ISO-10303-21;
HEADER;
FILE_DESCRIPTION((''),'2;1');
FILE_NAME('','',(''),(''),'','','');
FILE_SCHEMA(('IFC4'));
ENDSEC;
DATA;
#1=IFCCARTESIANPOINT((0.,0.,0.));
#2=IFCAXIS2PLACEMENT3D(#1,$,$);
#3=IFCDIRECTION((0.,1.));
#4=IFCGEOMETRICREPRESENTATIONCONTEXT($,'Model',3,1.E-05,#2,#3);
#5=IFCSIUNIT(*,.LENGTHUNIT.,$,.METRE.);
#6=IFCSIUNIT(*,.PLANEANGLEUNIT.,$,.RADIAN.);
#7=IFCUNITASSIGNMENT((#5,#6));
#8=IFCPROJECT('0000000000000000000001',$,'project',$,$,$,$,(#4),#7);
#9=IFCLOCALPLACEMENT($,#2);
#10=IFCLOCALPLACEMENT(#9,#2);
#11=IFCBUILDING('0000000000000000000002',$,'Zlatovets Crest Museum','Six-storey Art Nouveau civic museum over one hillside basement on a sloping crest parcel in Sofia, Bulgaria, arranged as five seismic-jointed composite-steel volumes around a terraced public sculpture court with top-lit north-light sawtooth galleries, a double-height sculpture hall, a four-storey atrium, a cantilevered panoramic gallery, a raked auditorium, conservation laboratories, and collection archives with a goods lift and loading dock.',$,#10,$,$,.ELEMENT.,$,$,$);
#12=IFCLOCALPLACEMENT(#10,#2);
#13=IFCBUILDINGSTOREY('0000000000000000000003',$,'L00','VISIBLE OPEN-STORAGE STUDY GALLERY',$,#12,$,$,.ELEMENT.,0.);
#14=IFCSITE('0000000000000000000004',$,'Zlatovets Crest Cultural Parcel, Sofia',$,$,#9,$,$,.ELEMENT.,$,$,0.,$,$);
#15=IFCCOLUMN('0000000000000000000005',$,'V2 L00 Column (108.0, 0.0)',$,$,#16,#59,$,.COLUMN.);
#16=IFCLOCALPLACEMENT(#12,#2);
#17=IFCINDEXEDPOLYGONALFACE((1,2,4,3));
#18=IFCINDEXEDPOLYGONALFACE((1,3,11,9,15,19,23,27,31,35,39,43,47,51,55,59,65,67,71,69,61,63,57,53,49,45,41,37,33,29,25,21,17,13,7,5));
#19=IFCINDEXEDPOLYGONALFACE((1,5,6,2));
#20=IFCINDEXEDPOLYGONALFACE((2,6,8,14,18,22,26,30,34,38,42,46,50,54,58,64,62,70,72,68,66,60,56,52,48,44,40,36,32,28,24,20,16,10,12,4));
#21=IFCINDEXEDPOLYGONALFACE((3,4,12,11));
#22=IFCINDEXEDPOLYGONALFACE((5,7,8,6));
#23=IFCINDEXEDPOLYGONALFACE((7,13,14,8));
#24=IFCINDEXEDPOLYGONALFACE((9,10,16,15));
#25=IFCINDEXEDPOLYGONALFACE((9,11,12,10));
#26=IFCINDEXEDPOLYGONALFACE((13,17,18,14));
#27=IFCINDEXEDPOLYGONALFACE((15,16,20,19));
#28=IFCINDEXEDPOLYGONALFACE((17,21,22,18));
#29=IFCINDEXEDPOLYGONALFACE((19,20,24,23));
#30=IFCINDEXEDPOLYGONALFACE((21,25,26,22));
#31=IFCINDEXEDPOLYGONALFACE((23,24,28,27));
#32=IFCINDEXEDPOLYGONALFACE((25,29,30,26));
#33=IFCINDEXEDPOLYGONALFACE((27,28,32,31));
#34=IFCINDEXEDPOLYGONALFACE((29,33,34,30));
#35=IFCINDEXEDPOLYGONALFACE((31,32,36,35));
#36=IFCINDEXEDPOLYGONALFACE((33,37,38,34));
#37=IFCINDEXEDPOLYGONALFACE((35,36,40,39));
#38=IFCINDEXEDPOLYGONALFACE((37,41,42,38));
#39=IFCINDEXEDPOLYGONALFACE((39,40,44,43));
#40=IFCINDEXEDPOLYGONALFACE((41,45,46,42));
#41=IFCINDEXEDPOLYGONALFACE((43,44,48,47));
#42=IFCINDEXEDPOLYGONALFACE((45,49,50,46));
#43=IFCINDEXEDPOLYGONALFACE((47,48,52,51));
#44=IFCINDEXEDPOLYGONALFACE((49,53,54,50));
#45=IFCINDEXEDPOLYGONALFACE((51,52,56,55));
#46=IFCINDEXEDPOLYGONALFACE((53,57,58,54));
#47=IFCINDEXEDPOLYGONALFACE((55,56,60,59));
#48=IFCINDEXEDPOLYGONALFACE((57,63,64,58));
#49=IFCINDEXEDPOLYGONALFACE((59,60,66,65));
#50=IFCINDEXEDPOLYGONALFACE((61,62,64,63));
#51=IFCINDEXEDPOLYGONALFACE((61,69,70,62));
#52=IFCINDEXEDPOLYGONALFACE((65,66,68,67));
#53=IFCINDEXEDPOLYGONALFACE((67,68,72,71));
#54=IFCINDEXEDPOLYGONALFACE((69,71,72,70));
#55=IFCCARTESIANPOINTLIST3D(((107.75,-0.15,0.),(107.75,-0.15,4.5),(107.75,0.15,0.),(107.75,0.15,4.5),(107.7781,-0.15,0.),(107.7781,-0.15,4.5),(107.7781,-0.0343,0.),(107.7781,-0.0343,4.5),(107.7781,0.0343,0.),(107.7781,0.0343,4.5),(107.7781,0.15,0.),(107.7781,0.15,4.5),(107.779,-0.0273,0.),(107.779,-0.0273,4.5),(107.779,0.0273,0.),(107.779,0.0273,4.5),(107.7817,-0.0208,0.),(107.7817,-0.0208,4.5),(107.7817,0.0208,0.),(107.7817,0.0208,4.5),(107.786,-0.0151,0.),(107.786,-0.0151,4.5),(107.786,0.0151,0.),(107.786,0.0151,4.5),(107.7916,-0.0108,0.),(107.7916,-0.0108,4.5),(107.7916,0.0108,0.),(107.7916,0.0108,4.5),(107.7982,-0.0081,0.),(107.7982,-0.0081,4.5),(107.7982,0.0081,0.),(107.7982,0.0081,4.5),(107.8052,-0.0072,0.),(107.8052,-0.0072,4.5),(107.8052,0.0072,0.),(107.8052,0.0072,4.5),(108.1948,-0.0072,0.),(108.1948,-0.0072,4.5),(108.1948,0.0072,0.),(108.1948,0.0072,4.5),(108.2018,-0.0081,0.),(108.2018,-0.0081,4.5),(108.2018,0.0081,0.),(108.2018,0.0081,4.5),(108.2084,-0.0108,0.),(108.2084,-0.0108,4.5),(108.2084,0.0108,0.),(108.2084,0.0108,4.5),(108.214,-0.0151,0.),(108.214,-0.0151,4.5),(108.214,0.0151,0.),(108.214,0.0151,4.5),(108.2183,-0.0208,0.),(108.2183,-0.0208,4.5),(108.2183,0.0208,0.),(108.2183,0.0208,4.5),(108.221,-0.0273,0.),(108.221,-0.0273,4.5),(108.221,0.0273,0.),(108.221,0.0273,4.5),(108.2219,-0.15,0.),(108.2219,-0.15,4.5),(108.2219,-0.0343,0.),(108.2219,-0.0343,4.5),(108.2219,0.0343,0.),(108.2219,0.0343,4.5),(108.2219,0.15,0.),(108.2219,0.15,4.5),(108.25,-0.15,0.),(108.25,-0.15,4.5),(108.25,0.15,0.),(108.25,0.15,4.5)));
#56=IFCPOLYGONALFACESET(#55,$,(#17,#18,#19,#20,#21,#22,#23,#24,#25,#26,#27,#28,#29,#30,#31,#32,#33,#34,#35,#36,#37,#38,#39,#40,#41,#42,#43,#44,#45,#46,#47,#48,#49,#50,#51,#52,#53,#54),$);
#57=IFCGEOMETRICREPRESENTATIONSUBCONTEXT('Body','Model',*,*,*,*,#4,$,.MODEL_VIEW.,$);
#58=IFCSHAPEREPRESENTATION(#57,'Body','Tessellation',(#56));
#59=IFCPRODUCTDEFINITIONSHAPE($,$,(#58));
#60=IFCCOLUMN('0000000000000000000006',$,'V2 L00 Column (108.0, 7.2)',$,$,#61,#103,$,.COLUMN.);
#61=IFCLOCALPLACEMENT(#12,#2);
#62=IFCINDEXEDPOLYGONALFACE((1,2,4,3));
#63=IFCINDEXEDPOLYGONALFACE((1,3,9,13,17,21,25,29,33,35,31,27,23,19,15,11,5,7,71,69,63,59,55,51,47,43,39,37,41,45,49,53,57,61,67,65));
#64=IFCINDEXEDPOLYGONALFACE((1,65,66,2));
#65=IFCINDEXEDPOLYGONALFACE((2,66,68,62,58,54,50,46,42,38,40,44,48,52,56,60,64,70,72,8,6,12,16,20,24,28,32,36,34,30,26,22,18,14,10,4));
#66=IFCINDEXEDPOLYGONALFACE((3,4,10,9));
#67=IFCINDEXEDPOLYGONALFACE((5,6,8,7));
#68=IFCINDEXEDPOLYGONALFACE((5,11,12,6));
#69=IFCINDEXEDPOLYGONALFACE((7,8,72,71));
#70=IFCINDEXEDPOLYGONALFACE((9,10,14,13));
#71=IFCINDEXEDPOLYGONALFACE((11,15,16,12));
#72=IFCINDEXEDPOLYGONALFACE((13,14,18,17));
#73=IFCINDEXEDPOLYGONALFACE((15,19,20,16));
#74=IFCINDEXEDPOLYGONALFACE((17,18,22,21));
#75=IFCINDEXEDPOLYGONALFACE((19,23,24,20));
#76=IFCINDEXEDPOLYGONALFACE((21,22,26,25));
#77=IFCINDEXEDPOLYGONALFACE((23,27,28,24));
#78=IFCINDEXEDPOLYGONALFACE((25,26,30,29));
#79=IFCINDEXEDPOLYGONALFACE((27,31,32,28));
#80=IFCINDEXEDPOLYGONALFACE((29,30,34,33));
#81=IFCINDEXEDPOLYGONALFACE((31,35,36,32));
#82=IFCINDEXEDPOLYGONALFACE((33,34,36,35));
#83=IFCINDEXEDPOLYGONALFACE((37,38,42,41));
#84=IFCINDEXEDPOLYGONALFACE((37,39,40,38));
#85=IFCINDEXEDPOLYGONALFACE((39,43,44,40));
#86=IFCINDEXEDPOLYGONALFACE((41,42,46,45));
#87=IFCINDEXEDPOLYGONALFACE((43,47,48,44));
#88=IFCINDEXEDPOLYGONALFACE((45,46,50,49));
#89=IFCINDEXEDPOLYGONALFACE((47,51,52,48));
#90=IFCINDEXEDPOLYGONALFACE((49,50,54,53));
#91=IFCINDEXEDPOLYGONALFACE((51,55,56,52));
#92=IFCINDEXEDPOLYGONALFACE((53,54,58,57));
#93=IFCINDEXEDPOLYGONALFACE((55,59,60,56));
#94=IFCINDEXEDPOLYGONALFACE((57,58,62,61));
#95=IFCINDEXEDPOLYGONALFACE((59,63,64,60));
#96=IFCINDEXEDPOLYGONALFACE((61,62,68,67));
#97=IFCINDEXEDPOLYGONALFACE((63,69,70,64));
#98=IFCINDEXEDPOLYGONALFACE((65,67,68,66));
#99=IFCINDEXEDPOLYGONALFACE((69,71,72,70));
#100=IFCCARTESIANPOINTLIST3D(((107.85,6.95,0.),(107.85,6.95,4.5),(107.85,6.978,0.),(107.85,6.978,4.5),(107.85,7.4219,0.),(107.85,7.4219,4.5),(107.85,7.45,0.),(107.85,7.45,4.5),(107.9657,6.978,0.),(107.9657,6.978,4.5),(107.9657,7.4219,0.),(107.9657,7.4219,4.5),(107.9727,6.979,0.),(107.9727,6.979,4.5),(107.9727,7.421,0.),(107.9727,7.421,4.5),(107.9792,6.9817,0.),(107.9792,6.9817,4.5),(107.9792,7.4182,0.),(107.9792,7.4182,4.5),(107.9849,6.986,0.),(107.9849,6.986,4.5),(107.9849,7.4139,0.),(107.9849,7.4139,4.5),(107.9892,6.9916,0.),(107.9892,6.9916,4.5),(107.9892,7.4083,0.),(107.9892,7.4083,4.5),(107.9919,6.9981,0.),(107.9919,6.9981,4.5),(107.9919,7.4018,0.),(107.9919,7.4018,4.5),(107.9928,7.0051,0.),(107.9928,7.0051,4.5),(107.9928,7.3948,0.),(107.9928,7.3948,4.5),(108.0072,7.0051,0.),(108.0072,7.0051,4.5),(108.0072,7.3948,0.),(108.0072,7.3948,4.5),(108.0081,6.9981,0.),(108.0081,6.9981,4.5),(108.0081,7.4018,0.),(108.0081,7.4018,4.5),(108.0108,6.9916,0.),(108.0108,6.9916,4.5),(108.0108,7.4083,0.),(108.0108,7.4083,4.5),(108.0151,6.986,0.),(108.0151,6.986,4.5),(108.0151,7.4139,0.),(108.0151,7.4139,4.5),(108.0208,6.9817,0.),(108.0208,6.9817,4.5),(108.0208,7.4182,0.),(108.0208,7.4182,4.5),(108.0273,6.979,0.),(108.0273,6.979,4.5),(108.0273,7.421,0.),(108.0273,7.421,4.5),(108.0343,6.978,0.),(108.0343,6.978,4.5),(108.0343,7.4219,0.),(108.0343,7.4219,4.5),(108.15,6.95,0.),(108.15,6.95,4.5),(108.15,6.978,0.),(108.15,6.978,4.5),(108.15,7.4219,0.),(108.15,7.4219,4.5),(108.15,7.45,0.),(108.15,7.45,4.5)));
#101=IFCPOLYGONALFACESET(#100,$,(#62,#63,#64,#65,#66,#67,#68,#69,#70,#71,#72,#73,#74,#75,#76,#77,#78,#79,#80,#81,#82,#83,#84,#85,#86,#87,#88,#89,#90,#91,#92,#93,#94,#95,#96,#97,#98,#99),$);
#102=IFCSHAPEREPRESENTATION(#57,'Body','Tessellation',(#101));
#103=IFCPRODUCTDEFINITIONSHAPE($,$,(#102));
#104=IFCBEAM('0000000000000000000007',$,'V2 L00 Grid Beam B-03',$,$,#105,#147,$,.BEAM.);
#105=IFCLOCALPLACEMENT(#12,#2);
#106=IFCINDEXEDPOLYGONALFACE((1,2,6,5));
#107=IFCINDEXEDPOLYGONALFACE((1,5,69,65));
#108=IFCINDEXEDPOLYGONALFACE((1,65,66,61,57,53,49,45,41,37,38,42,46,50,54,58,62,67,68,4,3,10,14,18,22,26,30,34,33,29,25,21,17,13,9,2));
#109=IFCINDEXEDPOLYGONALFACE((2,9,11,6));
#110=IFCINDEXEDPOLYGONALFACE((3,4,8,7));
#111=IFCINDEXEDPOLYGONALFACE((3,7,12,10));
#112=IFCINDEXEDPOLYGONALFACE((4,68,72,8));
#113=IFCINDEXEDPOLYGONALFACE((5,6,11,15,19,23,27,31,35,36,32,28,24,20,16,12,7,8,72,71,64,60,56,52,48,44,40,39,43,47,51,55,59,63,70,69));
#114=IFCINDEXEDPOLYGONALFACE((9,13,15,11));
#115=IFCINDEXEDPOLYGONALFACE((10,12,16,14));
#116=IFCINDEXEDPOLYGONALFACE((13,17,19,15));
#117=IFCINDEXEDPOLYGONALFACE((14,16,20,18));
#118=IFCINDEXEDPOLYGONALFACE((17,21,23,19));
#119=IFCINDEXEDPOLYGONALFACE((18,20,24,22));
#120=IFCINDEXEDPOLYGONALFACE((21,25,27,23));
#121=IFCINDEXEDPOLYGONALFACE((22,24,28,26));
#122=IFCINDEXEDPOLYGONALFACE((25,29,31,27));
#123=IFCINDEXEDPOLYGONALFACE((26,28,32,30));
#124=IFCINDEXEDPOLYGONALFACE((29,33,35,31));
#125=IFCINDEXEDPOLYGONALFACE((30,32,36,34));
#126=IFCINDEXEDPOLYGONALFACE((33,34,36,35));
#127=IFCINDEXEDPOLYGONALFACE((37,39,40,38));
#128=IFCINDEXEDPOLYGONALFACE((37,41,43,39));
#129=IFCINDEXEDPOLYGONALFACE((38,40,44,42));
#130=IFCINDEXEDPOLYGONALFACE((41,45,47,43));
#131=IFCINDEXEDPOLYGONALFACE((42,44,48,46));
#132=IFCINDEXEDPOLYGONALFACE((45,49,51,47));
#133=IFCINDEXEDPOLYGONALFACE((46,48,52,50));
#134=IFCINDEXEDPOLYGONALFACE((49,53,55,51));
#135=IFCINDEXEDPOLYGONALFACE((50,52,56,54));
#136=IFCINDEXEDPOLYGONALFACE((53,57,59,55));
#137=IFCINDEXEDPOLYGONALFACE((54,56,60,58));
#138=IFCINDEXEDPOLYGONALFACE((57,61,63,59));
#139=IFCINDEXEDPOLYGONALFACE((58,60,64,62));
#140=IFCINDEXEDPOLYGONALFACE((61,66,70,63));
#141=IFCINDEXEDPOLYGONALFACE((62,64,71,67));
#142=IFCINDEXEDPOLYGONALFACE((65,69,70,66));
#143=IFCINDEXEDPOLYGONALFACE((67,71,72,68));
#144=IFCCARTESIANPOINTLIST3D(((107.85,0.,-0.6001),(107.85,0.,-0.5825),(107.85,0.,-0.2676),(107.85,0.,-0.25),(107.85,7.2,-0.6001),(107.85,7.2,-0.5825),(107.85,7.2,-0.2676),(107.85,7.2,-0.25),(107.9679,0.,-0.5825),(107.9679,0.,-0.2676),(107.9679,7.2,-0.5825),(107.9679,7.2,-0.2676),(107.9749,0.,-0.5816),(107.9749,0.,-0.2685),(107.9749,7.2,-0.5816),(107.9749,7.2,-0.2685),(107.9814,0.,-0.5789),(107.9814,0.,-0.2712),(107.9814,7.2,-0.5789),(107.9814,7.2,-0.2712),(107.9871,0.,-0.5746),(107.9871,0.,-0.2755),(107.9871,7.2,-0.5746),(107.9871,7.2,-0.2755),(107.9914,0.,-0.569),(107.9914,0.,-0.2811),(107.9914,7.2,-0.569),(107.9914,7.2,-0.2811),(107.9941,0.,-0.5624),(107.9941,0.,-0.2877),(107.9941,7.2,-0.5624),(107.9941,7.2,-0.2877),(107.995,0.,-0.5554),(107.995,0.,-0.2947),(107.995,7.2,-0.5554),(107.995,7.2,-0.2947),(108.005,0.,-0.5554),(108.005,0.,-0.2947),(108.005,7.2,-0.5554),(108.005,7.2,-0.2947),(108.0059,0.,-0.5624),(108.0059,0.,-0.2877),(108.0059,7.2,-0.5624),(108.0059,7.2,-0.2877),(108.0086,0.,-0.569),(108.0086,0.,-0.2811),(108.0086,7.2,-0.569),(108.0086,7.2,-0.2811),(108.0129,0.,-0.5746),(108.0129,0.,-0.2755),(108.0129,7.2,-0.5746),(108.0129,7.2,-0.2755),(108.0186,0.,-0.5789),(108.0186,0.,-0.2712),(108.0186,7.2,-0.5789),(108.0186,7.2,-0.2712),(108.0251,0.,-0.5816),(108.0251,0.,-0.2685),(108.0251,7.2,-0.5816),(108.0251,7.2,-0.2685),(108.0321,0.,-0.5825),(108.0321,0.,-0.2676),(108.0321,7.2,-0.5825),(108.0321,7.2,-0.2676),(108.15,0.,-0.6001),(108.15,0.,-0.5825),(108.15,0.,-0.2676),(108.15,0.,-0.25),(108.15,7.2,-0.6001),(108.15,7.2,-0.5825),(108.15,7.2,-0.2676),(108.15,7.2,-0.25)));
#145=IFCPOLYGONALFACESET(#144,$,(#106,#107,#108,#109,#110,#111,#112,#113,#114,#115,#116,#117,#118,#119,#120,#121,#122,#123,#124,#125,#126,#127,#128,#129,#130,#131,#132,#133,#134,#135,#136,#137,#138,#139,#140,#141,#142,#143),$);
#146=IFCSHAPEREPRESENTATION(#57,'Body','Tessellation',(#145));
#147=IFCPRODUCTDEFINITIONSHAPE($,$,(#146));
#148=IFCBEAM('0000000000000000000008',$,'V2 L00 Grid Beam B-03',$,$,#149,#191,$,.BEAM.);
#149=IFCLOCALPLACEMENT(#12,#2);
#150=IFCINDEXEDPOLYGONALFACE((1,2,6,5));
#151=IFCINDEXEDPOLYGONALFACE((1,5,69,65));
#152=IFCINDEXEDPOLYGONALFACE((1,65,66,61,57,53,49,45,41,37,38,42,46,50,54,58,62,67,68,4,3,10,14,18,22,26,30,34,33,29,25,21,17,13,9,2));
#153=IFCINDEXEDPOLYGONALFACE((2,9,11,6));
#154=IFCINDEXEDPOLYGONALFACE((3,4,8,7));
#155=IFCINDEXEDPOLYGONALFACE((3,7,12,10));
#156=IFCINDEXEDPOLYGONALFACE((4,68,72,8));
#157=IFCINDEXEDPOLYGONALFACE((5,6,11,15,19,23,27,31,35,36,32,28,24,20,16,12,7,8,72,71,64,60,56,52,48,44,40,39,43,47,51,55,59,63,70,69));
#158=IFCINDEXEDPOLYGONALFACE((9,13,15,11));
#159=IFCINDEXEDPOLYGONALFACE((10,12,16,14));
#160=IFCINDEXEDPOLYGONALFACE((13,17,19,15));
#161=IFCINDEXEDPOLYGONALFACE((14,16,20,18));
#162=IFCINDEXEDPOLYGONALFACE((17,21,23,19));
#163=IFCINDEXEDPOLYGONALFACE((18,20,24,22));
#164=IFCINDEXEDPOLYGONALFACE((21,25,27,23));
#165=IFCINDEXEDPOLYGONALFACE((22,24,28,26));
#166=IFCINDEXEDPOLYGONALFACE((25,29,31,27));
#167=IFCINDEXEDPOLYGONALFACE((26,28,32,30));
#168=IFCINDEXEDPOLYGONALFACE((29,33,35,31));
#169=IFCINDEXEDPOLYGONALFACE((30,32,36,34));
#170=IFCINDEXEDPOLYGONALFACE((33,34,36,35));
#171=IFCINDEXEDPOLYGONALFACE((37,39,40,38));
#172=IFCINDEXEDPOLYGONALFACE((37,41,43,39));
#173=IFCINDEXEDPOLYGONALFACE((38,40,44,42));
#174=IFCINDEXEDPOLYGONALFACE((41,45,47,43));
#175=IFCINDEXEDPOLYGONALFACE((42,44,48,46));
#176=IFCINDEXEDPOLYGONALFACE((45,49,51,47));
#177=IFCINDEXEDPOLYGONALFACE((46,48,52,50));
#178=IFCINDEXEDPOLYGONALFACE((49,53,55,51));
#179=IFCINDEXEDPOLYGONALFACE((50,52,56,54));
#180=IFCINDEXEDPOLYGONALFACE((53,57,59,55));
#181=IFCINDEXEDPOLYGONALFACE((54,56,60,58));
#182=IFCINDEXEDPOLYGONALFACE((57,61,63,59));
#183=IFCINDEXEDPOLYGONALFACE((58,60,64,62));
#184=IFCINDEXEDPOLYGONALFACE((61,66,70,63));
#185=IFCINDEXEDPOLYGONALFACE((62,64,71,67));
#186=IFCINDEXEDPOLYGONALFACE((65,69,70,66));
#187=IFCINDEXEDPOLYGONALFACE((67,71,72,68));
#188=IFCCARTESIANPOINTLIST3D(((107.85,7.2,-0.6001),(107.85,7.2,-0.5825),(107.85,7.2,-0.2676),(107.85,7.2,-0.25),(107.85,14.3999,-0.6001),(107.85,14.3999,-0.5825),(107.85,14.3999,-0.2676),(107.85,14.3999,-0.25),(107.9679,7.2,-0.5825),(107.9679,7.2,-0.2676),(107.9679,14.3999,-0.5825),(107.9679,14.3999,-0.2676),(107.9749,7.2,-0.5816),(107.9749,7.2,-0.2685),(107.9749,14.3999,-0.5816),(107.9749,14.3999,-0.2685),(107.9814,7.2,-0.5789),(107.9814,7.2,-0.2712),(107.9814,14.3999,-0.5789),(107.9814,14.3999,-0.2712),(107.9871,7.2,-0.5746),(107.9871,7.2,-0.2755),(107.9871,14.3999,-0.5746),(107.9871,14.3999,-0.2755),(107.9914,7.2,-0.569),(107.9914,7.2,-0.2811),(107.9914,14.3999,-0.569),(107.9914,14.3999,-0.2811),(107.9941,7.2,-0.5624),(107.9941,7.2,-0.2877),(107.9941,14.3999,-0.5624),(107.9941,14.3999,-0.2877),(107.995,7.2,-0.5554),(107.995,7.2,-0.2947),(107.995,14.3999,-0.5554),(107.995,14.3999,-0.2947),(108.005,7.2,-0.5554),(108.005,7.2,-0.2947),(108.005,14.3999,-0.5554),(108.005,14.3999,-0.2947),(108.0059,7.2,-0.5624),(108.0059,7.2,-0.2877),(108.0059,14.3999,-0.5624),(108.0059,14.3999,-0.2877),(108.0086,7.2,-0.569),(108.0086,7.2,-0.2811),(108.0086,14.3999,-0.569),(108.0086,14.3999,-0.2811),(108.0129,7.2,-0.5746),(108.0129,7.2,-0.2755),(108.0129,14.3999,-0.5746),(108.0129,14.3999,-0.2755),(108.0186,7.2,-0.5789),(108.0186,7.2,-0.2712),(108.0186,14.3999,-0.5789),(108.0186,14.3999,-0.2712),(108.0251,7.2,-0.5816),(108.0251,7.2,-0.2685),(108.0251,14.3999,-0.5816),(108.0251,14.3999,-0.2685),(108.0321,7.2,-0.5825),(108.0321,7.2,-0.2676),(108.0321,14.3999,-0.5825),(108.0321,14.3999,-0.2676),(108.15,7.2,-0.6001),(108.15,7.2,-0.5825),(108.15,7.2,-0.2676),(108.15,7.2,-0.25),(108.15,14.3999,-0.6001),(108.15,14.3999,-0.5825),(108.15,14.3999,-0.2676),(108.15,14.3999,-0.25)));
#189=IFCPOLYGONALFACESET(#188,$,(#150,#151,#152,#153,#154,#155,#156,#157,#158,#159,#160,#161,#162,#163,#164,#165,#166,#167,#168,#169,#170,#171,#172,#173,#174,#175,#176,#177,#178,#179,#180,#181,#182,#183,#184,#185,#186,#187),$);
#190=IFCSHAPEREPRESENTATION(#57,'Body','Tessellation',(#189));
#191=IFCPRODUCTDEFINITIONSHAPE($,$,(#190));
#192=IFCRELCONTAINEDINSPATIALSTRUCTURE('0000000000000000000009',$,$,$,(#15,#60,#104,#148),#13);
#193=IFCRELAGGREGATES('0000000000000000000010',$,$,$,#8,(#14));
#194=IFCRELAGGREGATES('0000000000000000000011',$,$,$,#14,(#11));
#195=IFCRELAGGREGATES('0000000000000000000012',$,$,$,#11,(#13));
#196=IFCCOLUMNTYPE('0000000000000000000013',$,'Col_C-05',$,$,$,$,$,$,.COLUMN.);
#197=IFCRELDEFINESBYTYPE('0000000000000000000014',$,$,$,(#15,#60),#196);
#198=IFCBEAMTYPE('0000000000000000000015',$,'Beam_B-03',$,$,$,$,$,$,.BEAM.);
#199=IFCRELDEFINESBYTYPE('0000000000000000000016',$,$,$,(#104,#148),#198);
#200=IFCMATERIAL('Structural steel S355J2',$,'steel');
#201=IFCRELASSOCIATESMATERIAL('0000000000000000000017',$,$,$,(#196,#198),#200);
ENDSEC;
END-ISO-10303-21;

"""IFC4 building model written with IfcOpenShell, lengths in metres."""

from ifc_helpers import new_model, si_unit, direction, frame, origin, origin_2d, place, context, subcontext, project, spatial, i_section, extrude, material, material_profile, profile_set, type_object, element, save


model = new_model("IFC4")

# Units and contexts
model_context = context("Model", 3, precision=1e-05, world=origin(), true_north=direction((0.0, 1.0)))
body_context = subcontext(model_context, "Body", "Model", "MODEL_VIEW")
ifc_project = project(units=[si_unit("LENGTHUNIT", "METRE"), si_unit("PLANEANGLEUNIT", "RADIAN")], contexts=[model_context])

# Site, building, storey
site_placement = place(None, origin())
site = spatial("IfcSite", under=ifc_project, at=site_placement, Name="Zlatovets Crest Cultural Parcel, Sofia", CompositionType="ELEMENT", RefElevation=0.0)
building_placement = place(site_placement, origin())
building = spatial("IfcBuilding", under=site, at=building_placement, Name="Zlatovets Crest Museum", Description="Six-storey Art Nouveau civic museum over one hillside basement on a sloping crest parcel in Sofia, Bulgaria, arranged as five seismic-jointed composite-steel volumes around a terraced public sculpture court with top-lit north-light sawtooth galleries, a double-height sculpture hall, a four-storey atrium, a cantilevered panoramic gallery, a raked auditorium, conservation laboratories, and collection archives with a goods lift and loading dock.", CompositionType="ELEMENT")
storey_placement = place(building_placement, origin())
storey = spatial("IfcBuildingStorey", under=building, at=storey_placement, Name="L00", Description="VISIBLE OPEN-STORAGE STUDY GALLERY", CompositionType="ELEMENT", Elevation=0.0)

# Columns
ifc_material_1 = material(Name="Structural steel S355J2", Category="steel")
ifc_material_profile_1 = material_profile(ifc_material_1, i_section(OverallWidth=0.3, OverallDepth=0.5, WebThickness=0.0144, FlangeThickness=0.0281, FilletRadius=0.0271, at=origin_2d()), Name="HEB 500")
ifc_profile_set_1 = profile_set([ifc_material_profile_1], Name="Structural steel S355J2")
column_type = type_object("IfcColumnType", Name="Col_C-05", PredefinedType="COLUMN", material=ifc_profile_set_1)
for number, where, z_axis, x_axis, name in (
    (1, (108.0, 0.0, 0.0), (0.0, 0.0, 1.0), (0.0, 1.0, 0.0), "V2 L00 Column (108.0, 0.0)"),
    (2, (108.0, 7.2, 0.0), (0.0, 0.0, 1.0), (1.0, 0.0, 0.0), "V2 L00 Column (108.0, 7.2)"),
):
    element("IfcColumn", number, at=place(storey_placement, frame(where, z_axis=z_axis, x_axis=x_axis)), inside=storey, type_object=column_type, Name=name, PredefinedType="COLUMN", context=body_context, shape_type="SweptSolid", body=[
        extrude(i_section(OverallWidth=0.3, OverallDepth=0.5, WebThickness=0.0144, FlangeThickness=0.0281, FilletRadius=0.0271, at=origin_2d()), origin(), (0.0, 0.0, 1.0), 4.5),
    ])

# Beams
ifc_material_profile_2 = material_profile(ifc_material_1, i_section(OverallWidth=0.3, OverallDepth=0.3501, WebThickness=0.01, FlangeThickness=0.0176, FilletRadius=0.0271, at=origin_2d()), Name="HEA 360")
ifc_profile_set_2 = profile_set([ifc_material_profile_2], Name="Structural steel S355J2")
beam_type = type_object("IfcBeamType", Name="Beam_B-03", PredefinedType="BEAM", material=ifc_profile_set_2)
for number, where, z_axis, x_axis, name in (
    (3, (108.0, 0.0, -0.425), (0.0, 1.0, 0.0), (-1.0, 0.0, 0.0), "V2 L00 Grid Beam B-03"),
    (4, (108.0, 7.2, -0.425), (0.0, 1.0, 0.0), (-1.0, 0.0, 0.0), "V2 L00 Grid Beam B-03"),
):
    element("IfcBeam", number, at=place(storey_placement, frame(where, z_axis=z_axis, x_axis=x_axis)), inside=storey, type_object=beam_type, Name=name, PredefinedType="BEAM", context=body_context, shape_type="SweptSolid", body=[
        extrude(i_section(OverallWidth=0.3, OverallDepth=0.3501, WebThickness=0.01, FlangeThickness=0.0176, FilletRadius=0.0271, at=origin_2d()), origin(), (0.0, 0.0, 1.0), 7.2),
    ])

save(model, "model.ifc")
